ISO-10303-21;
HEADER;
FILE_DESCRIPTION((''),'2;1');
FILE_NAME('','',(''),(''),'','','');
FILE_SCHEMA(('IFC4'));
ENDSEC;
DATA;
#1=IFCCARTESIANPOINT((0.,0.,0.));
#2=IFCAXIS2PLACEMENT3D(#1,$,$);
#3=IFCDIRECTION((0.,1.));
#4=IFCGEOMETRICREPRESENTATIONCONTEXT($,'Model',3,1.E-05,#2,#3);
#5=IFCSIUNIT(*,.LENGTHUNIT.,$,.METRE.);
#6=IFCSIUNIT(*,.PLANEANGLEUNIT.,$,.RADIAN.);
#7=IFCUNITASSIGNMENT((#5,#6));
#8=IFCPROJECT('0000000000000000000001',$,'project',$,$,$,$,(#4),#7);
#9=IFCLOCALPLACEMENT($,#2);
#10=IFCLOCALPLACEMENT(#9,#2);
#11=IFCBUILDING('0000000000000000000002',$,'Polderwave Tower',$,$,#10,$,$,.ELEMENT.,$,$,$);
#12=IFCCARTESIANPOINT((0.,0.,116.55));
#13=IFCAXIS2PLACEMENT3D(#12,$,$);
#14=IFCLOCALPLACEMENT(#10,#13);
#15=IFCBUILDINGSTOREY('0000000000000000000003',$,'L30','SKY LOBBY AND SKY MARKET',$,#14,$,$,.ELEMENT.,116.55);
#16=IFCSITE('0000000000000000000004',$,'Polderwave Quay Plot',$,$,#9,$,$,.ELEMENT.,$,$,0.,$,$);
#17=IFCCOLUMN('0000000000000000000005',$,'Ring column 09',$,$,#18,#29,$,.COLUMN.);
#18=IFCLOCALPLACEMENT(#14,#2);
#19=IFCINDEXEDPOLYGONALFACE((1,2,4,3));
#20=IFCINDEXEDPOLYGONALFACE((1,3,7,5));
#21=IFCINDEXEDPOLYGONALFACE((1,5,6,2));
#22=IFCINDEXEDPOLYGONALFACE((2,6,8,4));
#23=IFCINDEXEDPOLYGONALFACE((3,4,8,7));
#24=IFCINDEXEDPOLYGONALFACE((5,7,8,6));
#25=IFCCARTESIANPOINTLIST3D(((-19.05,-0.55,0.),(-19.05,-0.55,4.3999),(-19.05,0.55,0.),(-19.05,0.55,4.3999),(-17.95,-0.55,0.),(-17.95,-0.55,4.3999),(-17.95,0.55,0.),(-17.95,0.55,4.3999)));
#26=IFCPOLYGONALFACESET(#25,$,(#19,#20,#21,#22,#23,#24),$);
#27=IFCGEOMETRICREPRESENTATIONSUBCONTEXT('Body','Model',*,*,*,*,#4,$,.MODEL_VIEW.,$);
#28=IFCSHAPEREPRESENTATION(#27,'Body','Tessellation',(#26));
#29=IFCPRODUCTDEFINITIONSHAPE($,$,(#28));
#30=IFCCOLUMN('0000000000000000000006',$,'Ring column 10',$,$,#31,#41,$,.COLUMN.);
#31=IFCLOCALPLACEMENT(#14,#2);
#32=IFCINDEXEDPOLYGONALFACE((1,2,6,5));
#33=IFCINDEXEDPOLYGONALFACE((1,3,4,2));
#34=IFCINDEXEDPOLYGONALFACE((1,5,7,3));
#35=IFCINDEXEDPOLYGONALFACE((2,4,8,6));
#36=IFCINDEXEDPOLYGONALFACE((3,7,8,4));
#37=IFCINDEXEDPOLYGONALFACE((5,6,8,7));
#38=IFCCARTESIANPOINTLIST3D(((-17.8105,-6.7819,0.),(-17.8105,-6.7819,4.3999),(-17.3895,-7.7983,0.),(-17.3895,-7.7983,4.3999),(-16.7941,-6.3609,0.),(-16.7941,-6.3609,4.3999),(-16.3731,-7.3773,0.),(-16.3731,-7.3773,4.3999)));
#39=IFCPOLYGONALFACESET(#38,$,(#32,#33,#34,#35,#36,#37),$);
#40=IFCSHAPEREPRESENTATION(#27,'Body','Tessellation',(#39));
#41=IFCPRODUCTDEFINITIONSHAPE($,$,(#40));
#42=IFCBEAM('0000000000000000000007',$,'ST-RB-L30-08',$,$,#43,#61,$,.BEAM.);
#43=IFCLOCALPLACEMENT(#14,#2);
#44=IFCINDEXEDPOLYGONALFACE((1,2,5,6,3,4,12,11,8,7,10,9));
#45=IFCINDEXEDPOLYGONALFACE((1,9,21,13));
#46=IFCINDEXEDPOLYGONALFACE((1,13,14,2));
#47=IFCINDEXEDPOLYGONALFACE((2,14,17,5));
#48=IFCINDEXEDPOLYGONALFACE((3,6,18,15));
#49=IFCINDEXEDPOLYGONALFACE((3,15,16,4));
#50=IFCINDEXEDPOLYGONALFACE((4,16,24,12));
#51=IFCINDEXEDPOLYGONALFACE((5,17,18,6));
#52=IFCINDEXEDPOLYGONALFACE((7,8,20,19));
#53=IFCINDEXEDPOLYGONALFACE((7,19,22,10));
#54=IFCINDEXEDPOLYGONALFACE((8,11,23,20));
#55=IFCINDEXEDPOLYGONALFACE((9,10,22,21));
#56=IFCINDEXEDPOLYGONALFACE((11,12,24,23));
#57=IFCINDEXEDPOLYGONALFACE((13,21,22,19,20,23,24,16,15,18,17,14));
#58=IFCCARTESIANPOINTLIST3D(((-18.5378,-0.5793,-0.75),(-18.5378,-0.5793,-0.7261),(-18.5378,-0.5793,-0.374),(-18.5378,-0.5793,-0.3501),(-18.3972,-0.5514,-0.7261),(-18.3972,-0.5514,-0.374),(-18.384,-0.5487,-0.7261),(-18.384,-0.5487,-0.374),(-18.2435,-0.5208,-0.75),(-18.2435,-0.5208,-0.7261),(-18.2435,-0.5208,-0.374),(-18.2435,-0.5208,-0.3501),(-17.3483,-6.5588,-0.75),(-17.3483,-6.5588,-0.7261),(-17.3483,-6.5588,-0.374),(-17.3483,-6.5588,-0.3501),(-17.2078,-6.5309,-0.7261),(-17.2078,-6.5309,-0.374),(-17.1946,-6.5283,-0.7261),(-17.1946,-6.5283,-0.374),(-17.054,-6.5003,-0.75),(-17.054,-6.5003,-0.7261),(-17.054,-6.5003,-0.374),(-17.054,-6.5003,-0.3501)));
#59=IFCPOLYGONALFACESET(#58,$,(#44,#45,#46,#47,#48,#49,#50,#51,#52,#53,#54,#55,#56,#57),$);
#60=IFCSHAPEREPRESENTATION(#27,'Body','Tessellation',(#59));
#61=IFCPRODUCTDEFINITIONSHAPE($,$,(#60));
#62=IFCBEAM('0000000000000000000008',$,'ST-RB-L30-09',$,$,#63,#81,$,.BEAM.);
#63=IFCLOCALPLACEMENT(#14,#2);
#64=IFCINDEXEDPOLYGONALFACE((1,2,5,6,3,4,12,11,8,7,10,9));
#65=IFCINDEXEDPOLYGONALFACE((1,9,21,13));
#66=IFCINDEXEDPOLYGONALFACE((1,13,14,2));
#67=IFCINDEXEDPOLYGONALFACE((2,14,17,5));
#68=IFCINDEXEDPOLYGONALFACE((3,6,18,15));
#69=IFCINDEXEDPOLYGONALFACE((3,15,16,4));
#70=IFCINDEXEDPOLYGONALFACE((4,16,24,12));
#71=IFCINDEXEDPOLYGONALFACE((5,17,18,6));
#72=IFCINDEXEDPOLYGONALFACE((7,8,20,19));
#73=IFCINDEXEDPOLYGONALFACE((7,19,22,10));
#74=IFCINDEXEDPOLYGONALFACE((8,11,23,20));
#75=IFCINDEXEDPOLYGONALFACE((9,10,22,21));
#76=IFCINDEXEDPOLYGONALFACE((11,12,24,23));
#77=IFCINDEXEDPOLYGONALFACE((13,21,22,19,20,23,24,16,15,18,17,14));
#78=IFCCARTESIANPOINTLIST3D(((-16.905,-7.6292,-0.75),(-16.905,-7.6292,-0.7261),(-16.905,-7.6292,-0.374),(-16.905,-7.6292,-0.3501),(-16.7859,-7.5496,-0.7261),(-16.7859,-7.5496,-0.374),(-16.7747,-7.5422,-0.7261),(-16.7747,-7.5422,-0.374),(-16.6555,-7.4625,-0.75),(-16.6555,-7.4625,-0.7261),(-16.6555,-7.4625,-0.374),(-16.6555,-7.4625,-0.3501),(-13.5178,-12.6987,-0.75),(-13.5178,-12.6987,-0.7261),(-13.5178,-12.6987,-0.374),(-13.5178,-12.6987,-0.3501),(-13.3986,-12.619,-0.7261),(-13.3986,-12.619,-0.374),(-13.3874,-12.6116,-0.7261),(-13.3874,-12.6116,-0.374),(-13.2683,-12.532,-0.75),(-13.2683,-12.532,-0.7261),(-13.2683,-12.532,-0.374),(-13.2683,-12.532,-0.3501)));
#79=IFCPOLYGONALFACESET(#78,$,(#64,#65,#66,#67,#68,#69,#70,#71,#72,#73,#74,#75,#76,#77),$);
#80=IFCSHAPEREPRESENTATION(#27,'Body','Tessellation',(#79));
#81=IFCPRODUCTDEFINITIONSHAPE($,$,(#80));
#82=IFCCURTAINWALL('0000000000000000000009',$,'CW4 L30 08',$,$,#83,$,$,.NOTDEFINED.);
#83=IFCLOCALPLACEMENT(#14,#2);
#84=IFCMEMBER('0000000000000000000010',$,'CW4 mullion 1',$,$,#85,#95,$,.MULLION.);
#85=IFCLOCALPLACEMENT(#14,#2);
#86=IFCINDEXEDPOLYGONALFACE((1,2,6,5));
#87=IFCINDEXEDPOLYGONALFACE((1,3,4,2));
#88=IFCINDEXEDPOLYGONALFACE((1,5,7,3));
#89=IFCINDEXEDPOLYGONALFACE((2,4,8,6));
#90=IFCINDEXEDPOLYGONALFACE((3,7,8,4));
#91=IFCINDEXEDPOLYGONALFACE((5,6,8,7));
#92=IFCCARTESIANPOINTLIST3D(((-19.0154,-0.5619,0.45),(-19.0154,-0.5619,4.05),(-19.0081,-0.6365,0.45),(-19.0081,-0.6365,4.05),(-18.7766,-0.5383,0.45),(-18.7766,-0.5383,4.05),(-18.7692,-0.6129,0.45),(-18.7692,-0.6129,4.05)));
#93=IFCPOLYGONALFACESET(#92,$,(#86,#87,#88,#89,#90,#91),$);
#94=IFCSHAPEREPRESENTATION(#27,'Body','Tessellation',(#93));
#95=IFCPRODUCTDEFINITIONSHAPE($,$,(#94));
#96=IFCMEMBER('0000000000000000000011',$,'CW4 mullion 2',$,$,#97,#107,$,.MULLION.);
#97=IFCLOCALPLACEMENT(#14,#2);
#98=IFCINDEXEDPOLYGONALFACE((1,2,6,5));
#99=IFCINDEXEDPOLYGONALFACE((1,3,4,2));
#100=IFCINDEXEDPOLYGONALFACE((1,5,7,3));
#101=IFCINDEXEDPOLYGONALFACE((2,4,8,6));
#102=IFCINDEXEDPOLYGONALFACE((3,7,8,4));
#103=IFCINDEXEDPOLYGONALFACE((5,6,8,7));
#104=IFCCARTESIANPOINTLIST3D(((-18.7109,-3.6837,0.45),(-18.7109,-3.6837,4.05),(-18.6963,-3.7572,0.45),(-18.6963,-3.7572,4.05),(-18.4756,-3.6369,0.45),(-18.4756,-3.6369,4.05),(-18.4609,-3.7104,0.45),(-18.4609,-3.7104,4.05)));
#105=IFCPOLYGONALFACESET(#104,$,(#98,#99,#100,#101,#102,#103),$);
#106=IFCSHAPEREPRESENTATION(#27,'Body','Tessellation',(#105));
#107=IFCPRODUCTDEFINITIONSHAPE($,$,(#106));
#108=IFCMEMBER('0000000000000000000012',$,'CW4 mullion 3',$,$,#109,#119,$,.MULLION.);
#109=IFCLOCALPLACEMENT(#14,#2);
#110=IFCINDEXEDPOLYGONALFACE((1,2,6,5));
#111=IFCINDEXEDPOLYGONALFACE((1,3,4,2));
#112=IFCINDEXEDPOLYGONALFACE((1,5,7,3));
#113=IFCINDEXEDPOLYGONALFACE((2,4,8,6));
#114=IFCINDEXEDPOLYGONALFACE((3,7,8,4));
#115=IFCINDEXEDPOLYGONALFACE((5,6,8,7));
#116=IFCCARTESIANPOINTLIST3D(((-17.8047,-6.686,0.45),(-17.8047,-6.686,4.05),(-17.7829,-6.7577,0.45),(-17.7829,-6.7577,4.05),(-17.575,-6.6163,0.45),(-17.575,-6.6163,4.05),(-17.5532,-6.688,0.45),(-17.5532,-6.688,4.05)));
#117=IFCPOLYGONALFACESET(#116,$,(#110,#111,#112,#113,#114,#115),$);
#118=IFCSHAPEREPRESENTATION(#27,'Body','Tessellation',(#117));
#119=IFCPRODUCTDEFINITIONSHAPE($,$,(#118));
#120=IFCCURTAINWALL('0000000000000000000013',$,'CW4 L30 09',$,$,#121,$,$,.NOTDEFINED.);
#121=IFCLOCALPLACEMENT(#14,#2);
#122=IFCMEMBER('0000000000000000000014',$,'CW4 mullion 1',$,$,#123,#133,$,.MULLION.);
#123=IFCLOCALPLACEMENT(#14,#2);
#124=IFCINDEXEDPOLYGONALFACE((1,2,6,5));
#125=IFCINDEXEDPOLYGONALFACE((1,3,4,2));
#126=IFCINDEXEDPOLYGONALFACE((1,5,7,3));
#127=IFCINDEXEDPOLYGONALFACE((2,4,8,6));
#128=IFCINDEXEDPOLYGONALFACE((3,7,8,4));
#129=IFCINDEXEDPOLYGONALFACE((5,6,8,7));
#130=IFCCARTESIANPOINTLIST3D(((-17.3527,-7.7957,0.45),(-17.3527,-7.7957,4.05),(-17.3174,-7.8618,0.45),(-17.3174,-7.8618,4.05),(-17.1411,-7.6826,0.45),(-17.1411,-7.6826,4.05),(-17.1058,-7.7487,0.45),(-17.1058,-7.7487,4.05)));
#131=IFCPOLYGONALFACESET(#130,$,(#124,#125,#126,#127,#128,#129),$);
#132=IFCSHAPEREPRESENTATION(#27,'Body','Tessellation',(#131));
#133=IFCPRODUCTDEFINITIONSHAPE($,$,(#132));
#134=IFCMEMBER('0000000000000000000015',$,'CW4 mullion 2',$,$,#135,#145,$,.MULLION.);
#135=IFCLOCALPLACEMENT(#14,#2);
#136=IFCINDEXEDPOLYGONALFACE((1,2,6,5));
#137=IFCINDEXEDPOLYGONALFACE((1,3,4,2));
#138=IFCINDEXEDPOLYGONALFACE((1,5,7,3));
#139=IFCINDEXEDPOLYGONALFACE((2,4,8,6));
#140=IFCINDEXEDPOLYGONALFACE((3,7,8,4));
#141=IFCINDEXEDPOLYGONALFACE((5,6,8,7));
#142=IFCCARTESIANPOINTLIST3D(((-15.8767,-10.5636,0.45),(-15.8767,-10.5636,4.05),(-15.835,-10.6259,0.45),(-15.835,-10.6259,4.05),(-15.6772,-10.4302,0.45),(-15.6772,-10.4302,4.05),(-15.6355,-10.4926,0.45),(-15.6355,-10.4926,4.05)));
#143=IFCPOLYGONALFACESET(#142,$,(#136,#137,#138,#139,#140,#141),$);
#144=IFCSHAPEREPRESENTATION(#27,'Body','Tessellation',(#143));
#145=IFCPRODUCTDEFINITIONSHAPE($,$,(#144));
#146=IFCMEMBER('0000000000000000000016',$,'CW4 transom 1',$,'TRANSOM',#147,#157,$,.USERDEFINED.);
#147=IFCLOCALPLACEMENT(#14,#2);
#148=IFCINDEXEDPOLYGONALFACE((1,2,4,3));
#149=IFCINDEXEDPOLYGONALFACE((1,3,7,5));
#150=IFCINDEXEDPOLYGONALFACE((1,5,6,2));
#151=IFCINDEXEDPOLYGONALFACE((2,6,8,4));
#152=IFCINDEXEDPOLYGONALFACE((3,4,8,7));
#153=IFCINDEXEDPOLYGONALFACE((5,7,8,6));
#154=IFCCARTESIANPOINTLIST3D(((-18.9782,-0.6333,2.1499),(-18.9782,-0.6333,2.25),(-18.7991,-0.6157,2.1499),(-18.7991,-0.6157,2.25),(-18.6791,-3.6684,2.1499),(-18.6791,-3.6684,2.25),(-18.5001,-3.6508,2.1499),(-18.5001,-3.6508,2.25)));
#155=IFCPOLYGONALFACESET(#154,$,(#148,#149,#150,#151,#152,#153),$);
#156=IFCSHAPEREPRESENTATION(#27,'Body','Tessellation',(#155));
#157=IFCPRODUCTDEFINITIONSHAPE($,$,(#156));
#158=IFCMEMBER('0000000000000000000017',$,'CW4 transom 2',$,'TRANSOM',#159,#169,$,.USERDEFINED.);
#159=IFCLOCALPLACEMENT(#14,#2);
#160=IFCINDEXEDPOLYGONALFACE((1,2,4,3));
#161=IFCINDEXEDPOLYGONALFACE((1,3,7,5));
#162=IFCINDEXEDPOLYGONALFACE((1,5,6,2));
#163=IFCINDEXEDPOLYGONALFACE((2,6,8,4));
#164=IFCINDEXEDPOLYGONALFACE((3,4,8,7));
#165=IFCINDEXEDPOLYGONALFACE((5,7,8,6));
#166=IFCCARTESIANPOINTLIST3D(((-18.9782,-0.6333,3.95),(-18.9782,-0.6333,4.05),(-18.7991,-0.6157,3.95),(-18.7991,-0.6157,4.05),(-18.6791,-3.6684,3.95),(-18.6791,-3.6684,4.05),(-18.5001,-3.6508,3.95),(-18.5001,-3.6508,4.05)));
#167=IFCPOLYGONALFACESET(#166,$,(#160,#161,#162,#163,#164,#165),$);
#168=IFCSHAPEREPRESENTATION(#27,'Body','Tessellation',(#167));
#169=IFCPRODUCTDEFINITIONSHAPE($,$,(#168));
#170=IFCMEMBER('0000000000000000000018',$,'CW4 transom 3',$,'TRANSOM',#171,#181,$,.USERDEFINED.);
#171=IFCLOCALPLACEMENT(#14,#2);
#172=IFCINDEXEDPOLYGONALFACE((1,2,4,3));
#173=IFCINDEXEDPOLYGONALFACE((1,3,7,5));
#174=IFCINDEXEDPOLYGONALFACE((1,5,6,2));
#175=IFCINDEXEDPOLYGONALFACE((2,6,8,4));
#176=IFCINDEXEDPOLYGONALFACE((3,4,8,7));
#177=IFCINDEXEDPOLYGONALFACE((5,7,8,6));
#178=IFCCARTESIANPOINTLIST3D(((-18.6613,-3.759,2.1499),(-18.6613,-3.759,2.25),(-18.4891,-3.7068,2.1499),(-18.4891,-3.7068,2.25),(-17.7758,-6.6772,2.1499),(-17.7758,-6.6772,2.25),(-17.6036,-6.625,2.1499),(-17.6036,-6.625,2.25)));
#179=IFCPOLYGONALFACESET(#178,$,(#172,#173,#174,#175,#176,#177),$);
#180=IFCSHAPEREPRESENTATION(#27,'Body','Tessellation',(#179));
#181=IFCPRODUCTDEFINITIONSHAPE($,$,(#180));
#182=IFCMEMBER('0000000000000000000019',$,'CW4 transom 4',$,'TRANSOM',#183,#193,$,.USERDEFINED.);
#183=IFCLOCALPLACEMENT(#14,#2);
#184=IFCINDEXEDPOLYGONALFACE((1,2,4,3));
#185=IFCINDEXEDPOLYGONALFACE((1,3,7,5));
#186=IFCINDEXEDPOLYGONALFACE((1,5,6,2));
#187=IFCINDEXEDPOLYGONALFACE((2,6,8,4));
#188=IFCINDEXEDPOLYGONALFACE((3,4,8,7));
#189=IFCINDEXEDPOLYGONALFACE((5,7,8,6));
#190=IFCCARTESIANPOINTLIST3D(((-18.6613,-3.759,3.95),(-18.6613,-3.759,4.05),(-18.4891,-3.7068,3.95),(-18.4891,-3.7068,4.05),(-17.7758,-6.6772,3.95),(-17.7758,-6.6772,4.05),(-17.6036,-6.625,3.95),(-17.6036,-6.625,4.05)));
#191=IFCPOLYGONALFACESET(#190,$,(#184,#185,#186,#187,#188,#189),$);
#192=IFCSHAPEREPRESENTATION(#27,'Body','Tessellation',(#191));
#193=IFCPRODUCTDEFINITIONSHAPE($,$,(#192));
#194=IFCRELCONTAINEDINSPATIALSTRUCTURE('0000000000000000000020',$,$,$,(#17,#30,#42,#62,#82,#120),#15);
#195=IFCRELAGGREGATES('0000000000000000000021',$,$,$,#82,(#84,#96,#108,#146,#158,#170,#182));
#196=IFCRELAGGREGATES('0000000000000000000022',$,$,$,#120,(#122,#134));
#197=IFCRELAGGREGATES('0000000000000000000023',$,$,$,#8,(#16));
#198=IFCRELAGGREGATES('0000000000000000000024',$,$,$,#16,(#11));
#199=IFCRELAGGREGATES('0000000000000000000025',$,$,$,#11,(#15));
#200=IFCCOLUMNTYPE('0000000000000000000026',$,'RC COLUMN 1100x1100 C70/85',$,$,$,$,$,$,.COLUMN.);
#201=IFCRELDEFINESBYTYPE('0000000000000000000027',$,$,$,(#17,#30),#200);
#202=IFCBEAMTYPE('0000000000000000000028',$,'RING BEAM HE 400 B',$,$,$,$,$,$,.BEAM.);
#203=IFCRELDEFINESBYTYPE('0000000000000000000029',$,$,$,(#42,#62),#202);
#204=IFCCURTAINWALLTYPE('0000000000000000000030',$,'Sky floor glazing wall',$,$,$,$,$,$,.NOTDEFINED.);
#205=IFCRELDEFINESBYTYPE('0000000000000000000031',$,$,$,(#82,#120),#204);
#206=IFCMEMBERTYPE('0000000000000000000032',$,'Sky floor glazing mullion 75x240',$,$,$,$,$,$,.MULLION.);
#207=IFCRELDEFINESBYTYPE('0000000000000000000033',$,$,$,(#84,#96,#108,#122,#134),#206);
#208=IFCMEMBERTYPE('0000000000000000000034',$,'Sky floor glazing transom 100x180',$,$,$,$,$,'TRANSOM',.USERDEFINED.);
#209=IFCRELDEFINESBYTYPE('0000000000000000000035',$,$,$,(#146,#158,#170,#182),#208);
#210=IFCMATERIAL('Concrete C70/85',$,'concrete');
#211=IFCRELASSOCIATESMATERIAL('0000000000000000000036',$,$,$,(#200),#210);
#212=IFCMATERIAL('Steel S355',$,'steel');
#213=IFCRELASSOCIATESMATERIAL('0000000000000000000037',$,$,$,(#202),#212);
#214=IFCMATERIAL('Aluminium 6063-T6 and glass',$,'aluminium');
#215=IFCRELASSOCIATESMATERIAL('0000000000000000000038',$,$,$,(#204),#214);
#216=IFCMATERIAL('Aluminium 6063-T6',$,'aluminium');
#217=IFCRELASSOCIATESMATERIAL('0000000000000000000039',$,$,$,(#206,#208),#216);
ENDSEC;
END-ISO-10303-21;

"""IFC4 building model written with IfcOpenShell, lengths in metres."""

from ifc_helpers import new_model, si_unit, direction, frame, origin, origin_2d, place, context, subcontext, project, spatial, rectangle, i_section, extrude, material, material_profile, profile_set, type_object, element, aggregate, save


model = new_model("IFC4")

# Units and contexts
model_context = context("Model", 3, precision=1e-05, world=origin(), true_north=direction((0.0, 1.0)))
body_context = subcontext(model_context, "Body", "Model", "MODEL_VIEW")
ifc_project = project(units=[si_unit("LENGTHUNIT", "METRE"), si_unit("PLANEANGLEUNIT", "RADIAN")], contexts=[model_context])

# Site, building, storey
site_placement = place(None, origin())
site = spatial("IfcSite", under=ifc_project, at=site_placement, Name="Polderwave Quay Plot", CompositionType="ELEMENT", RefElevation=0.0)
building_placement = place(site_placement, origin())
building = spatial("IfcBuilding", under=site, at=building_placement, Name="Polderwave Tower", CompositionType="ELEMENT")
storey_placement = place(building_placement, frame((0.0, 0.0, 116.55)))
storey = spatial("IfcBuildingStorey", under=building, at=storey_placement, Name="L30", Description="SKY LOBBY AND SKY MARKET", CompositionType="ELEMENT", Elevation=116.55)

# Columns
ifc_material_1 = material(Name="Concrete C70/85", Category="concrete")
ifc_material_profile_1 = material_profile(ifc_material_1, rectangle(XDim=1.1001, YDim=1.1001, at=origin_2d()), Name="RC 1100x1100")
ifc_profile_set_1 = profile_set([ifc_material_profile_1], Name="Concrete C70/85")
column_type = type_object("IfcColumnType", Name="RC COLUMN 1100x1100 C70/85", PredefinedType="COLUMN", material=ifc_profile_set_1)
for number, where, z_axis, x_axis, name in (
    (1, (-18.5, 0.0, 0.0), (0.0, 0.0, 1.0), (-1.0, 0.0, 0.0), "Ring column 09"),
    (2, (-17.0918, -7.0796, 0.0), (0.0, 0.0, 1.0), (-0.92388, -0.382683, 0.0), "Ring column 10"),
):
    element("IfcColumn", number, at=place(storey_placement, frame(where, z_axis=z_axis, x_axis=x_axis)), inside=storey, type_object=column_type, Name=name, PredefinedType="COLUMN", context=body_context, shape_type="SweptSolid", body=[
        extrude(rectangle(XDim=1.1001, YDim=1.1001, at=origin_2d()), origin(), (0.0, 0.0, 1.0), 4.3999),
    ])

# Beams
ifc_material_2 = material(Name="Steel S355", Category="steel")
ifc_material_profile_2 = material_profile(ifc_material_2, i_section(OverallWidth=0.3, OverallDepth=0.3999, WebThickness=0.0134, FlangeThickness=0.0239, at=origin_2d()), Name="HE 400 B")
ifc_profile_set_2 = profile_set([ifc_material_profile_2], Name="Steel S355")
beam_type = type_object("IfcBeamType", Name="RING BEAM HE 400 B", PredefinedType="BEAM", material=ifc_profile_set_2)
beam_1_placement = place(storey_placement, frame((-18.3906, -0.55, -0.55), z_axis=(0.1951, -0.980783, 0.0), x_axis=(0.980783, 0.1951, 0.0)))
element("IfcBeam", 3, at=beam_1_placement, inside=storey, type_object=beam_type, Name="ST-RB-L30-08", PredefinedType="BEAM", context=body_context, shape_type="SweptSolid", body=[
    extrude(i_section(OverallWidth=0.3, OverallDepth=0.3999, WebThickness=0.0134, FlangeThickness=0.0239, at=origin_2d()), origin(), (0.0, 0.0, 1.0), 6.0967),
])
beam_2_placement = place(storey_placement, frame((-16.7803, -7.5459, -0.55), z_axis=(0.555569, -0.831471, 0.0), x_axis=(0.831471, 0.555569, 0.0)))
element("IfcBeam", 4, at=beam_2_placement, inside=storey, type_object=beam_type, Name="ST-RB-L30-09", PredefinedType="BEAM", context=body_context, shape_type="SweptSolid", body=[
    extrude(i_section(OverallWidth=0.3, OverallDepth=0.3999, WebThickness=0.0134, FlangeThickness=0.0239, at=origin_2d()), origin(), (0.0, 0.0, 1.0), 6.0969),
])

# Curtain walls, members
ifc_material_3 = material(Name="Aluminium 6063-T6 and glass", Category="aluminium")
curtain_wall_type = type_object("IfcCurtainWallType", Name="Sky floor glazing wall", PredefinedType="NOTDEFINED", material=ifc_material_3)
curtain_wall_1_placement = place(storey_placement, origin())
curtain_wall_1 = element("IfcCurtainWall", 5, at=curtain_wall_1_placement, inside=storey, type_object=curtain_wall_type, Name="CW4 L30 08", PredefinedType="NOTDEFINED")
ifc_material_4 = material(Name="Aluminium 6063-T6", Category="aluminium")
ifc_material_profile_3 = material_profile(ifc_material_4, rectangle(XDim=0.24, YDim=0.075, at=origin_2d()), Name="AL 75x240")
ifc_profile_set_3 = profile_set([ifc_material_profile_3], Name="Aluminium 6063-T6")
member_type_1 = type_object("IfcMemberType", Name="Sky floor glazing mullion 75x240", PredefinedType="MULLION", material=ifc_profile_set_3)
member_1_placement = place(storey_placement, frame((-18.8923, -0.5874, 0.45), z_axis=(0.0, 0.0, 1.0), x_axis=(0.995183, 0.098033, 0.0)))
member_1 = element("IfcMember", 6, at=member_1_placement, type_object=member_type_1, Name="CW4 mullion 1", PredefinedType="MULLION", context=body_context, shape_type="SweptSolid", body=[
    extrude(rectangle(XDim=0.24, YDim=0.075, at=origin_2d()), origin(), (0.0, 0.0, 1.0), 3.6001),
])
member_2_placement = place(storey_placement, frame((-18.5859, -3.697, 0.45), z_axis=(0.0, 0.0, 1.0), x_axis=(0.980782, 0.195109, 0.0)))
member_2 = element("IfcMember", 7, at=member_2_placement, type_object=member_type_1, Name="CW4 mullion 2", PredefinedType="MULLION", context=body_context, shape_type="SweptSolid", body=[
    extrude(rectangle(XDim=0.24, YDim=0.075, at=origin_2d()), origin(), (0.0, 0.0, 1.0), 3.6001),
])
member_3_placement = place(storey_placement, frame((-17.679, -6.687, 0.45), z_axis=(0.0, 0.0, 1.0), x_axis=(0.956934, 0.290306, 0.0)))
member_3 = element("IfcMember", 8, at=member_3_placement, type_object=member_type_1, Name="CW4 mullion 3", PredefinedType="MULLION", context=body_context, shape_type="SweptSolid", body=[
    extrude(rectangle(XDim=0.24, YDim=0.075, at=origin_2d()), origin(), (0.0, 0.0, 1.0), 3.6001),
])
curtain_wall_2_placement = place(storey_placement, origin())
curtain_wall_2 = element("IfcCurtainWall", 9, at=curtain_wall_2_placement, inside=storey, type_object=curtain_wall_type, Name="CW4 L30 09", PredefinedType="NOTDEFINED")
member_4_placement = place(storey_placement, frame((-17.2292, -7.7722, 0.45), z_axis=(0.0, 0.0, 1.0), x_axis=(0.881888, 0.471458, 0.0)))
member_4 = element("IfcMember", 10, at=member_4_placement, type_object=member_type_1, Name="CW4 mullion 1", PredefinedType="MULLION", context=body_context, shape_type="SweptSolid", body=[
    extrude(rectangle(XDim=0.24, YDim=0.075, at=origin_2d()), origin(), (0.0, 0.0, 1.0), 3.6001),
])
member_5_placement = place(storey_placement, frame((-15.7561, -10.5281, 0.45), z_axis=(0.0, 0.0, 1.0), x_axis=(0.831433, 0.555625, 0.0)))
member_5 = element("IfcMember", 11, at=member_5_placement, type_object=member_type_1, Name="CW4 mullion 2", PredefinedType="MULLION", context=body_context, shape_type="SweptSolid", body=[
    extrude(rectangle(XDim=0.24, YDim=0.075, at=origin_2d()), origin(), (0.0, 0.0, 1.0), 3.6001),
])

# Members
ifc_material_profile_4 = material_profile(ifc_material_4, rectangle(XDim=0.1799, YDim=0.1001, at=origin_2d()), Name="AL 100x180")
ifc_profile_set_4 = profile_set([ifc_material_profile_4], Name="Aluminium 6063-T6")
member_type_2 = type_object("IfcMemberType", Name="Sky floor glazing transom 100x180", ElementType="TRANSOM", PredefinedType="USERDEFINED", material=ifc_profile_set_4)
member_6_placement = place(storey_placement, frame((-18.8887, -0.6245, 2.2), z_axis=(0.098061, -0.99518, 0.0), x_axis=(0.99518, 0.098061, 0.0)))
member_6 = element("IfcMember", 12, at=member_6_placement, type_object=member_type_2, Name="CW4 transom 1", ObjectType="TRANSOM", PredefinedType="USERDEFINED", context=body_context, shape_type="SweptSolid", body=[
    extrude(rectangle(XDim=0.1799, YDim=0.1001, at=origin_2d()), origin(), (0.0, 0.0, 1.0), 3.0498),
])
member_7_placement = place(storey_placement, frame((-18.8887, -0.6245, 4.0), z_axis=(0.098061, -0.99518, 0.0), x_axis=(0.99518, 0.098061, 0.0)))
member_7 = element("IfcMember", 13, at=member_7_placement, type_object=member_type_2, Name="CW4 transom 2", ObjectType="TRANSOM", PredefinedType="USERDEFINED", context=body_context, shape_type="SweptSolid", body=[
    extrude(rectangle(XDim=0.1799, YDim=0.1001, at=origin_2d()), origin(), (0.0, 0.0, 1.0), 3.0498),
])
member_8_placement = place(storey_placement, frame((-18.5752, -3.7329, 2.2), z_axis=(0.290365, -0.956916, 0.0), x_axis=(0.956916, 0.290365, 0.0)))
member_8 = element("IfcMember", 14, at=member_8_placement, type_object=member_type_2, Name="CW4 transom 3", ObjectType="TRANSOM", PredefinedType="USERDEFINED", context=body_context, shape_type="SweptSolid", body=[
    extrude(rectangle(XDim=0.1799, YDim=0.1001, at=origin_2d()), origin(), (0.0, 0.0, 1.0), 3.0496),
])
member_9_placement = place(storey_placement, frame((-18.5752, -3.7329, 4.0), z_axis=(0.290365, -0.956916, 0.0), x_axis=(0.956916, 0.290365, 0.0)))
member_9 = element("IfcMember", 15, at=member_9_placement, type_object=member_type_2, Name="CW4 transom 4", ObjectType="TRANSOM", PredefinedType="USERDEFINED", context=body_context, shape_type="SweptSolid", body=[
    extrude(rectangle(XDim=0.1799, YDim=0.1001, at=origin_2d()), origin(), (0.0, 0.0, 1.0), 3.0496),
])

aggregate(curtain_wall_1, [member_1, member_2, member_3, member_6, member_7, member_8, member_9])
aggregate(curtain_wall_2, [member_4, member_5])

save(model, "model.ifc")
